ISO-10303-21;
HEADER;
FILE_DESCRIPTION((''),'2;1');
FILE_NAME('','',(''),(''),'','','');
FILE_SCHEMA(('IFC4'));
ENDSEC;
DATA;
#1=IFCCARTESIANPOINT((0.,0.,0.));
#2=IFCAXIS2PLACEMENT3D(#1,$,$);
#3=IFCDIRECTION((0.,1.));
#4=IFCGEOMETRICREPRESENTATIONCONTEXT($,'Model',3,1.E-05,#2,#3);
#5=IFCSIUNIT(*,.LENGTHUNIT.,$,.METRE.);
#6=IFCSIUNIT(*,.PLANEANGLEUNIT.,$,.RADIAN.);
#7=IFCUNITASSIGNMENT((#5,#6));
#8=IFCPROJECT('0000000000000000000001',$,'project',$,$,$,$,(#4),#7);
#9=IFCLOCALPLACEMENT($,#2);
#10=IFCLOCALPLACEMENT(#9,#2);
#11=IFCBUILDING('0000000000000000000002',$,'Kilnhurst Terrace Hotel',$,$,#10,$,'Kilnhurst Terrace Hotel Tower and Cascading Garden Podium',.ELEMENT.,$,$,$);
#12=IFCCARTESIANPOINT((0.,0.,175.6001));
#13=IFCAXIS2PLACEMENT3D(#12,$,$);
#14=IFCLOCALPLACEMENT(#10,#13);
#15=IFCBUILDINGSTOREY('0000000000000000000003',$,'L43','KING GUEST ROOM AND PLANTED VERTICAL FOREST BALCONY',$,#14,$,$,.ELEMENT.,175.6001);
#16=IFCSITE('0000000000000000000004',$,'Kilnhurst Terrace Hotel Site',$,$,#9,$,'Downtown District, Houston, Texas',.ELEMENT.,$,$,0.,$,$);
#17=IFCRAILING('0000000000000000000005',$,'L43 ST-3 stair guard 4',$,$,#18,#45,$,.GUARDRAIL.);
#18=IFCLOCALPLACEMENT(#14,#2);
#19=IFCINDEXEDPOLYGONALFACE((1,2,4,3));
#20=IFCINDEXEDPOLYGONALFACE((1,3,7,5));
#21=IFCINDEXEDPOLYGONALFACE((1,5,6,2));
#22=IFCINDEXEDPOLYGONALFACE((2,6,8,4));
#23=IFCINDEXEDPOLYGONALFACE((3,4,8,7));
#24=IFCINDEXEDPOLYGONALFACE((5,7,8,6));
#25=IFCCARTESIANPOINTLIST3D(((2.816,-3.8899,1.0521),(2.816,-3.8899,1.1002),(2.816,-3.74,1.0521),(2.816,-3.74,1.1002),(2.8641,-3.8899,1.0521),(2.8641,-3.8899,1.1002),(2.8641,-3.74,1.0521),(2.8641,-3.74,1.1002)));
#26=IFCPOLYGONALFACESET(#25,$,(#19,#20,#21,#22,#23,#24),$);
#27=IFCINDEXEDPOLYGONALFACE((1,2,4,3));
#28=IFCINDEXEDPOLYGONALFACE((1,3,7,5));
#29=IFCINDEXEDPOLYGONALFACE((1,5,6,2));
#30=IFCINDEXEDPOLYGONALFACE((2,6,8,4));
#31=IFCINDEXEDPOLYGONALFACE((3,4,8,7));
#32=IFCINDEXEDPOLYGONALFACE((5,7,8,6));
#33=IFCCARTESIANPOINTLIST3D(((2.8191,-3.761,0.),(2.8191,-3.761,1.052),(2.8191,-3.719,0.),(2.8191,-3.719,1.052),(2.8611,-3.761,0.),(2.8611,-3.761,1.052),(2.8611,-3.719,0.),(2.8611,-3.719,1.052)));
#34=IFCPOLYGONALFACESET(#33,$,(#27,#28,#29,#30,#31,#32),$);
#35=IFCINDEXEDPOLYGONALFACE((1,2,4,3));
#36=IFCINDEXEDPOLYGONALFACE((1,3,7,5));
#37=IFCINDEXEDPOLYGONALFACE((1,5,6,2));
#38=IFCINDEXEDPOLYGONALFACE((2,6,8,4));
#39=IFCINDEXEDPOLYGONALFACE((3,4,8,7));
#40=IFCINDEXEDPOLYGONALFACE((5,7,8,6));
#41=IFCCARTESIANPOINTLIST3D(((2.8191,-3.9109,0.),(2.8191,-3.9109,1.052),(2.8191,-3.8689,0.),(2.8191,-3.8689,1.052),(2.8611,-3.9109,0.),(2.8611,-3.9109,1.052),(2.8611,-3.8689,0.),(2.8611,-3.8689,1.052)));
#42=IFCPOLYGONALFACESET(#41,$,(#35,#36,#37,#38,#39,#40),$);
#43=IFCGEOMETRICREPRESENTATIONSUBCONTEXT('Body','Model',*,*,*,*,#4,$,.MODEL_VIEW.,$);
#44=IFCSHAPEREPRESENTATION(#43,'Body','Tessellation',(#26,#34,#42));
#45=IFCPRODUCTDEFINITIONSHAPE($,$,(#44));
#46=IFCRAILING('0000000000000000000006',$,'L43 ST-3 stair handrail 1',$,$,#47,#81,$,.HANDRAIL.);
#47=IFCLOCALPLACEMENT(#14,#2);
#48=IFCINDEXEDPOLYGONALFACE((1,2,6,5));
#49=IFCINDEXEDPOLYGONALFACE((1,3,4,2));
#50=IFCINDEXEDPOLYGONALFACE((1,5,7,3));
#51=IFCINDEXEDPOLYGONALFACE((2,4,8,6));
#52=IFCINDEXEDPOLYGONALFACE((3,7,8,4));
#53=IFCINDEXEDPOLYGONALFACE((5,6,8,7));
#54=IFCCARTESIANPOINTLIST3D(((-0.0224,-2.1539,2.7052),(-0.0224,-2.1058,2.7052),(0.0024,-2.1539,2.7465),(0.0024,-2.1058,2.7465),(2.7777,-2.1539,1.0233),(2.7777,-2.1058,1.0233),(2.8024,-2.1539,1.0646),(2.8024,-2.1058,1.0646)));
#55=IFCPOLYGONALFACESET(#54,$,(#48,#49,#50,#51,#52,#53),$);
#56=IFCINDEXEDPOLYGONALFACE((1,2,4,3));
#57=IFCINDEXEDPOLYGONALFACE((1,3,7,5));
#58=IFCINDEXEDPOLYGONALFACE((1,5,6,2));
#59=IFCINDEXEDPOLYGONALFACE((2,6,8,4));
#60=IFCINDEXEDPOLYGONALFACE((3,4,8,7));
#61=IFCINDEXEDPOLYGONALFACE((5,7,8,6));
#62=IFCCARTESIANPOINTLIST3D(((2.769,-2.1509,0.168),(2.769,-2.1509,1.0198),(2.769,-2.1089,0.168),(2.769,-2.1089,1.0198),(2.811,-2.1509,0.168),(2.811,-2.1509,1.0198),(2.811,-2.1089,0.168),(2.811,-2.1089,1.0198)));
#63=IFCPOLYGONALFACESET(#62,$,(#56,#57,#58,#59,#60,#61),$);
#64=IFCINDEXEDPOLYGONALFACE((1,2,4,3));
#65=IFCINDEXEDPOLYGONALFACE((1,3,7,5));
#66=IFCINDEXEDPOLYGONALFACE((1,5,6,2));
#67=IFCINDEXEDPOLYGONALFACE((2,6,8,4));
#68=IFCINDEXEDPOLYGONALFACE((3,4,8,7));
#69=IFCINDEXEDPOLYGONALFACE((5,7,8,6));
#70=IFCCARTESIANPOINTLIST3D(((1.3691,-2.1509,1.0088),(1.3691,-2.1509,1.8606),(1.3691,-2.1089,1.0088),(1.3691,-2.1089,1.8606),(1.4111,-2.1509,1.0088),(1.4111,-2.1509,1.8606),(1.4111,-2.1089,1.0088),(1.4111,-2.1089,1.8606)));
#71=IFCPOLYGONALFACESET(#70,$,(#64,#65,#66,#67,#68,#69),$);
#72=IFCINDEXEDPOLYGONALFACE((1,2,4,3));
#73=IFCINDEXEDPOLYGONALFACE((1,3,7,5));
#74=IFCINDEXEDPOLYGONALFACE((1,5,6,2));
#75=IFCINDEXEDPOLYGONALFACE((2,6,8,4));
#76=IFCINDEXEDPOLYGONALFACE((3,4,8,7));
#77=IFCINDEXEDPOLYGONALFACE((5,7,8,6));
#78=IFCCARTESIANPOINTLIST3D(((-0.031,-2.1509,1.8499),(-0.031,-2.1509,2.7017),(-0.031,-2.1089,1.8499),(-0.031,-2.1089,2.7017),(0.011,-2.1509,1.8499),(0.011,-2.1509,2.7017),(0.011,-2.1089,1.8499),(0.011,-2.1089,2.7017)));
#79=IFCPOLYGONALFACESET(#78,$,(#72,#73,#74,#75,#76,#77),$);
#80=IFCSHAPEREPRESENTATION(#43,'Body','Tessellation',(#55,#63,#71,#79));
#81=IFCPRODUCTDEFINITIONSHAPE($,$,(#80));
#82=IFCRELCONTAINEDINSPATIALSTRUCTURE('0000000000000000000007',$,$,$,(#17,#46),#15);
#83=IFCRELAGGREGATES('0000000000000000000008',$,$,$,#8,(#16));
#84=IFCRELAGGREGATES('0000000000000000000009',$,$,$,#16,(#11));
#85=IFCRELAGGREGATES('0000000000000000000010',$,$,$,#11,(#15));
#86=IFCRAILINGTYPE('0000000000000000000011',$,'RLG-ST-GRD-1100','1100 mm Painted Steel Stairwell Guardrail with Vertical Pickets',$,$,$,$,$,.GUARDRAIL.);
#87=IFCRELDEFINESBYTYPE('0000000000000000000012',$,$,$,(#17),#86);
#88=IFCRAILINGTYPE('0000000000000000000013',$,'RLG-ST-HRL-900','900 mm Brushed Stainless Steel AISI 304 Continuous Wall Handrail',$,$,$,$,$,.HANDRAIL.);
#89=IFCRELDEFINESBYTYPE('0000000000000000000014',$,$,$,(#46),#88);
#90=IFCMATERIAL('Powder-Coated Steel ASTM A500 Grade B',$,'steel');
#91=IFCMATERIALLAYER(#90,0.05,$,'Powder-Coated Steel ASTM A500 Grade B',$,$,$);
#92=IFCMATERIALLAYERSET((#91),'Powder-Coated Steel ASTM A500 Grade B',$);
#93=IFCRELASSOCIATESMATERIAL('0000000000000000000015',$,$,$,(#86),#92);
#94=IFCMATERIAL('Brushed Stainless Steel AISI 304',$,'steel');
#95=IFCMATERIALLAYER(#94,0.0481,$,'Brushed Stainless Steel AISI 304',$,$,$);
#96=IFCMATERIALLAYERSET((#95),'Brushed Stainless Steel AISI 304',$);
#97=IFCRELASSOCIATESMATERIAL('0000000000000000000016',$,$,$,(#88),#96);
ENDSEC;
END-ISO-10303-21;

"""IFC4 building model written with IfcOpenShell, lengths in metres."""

from ifc_helpers import new_model, si_unit, direction, frame, origin, origin_2d, place, context, subcontext, project, spatial, rectangle, extrude, material, layer, layer_set, type_object, element, save


model = new_model("IFC4")

# Units and contexts
model_context = context("Model", 3, precision=1e-05, world=origin(), true_north=direction((0.0, 1.0)))
body_context = subcontext(model_context, "Body", "Model", "MODEL_VIEW")
ifc_project = project(units=[si_unit("LENGTHUNIT", "METRE"), si_unit("PLANEANGLEUNIT", "RADIAN")], contexts=[model_context])

# Site, building, storey
site_placement = place(None, origin())
site = spatial("IfcSite", under=ifc_project, at=site_placement, Name="Kilnhurst Terrace Hotel Site", LongName="Downtown District, Houston, Texas", CompositionType="ELEMENT", RefElevation=0.0)
building_placement = place(site_placement, origin())
building = spatial("IfcBuilding", under=site, at=building_placement, Name="Kilnhurst Terrace Hotel", LongName="Kilnhurst Terrace Hotel Tower and Cascading Garden Podium", CompositionType="ELEMENT")
storey_placement = place(building_placement, frame((0.0, 0.0, 175.6001)))
storey = spatial("IfcBuildingStorey", under=building, at=storey_placement, Name="L43", Description="KING GUEST ROOM AND PLANTED VERTICAL FOREST BALCONY", CompositionType="ELEMENT", Elevation=175.6001)

# Railings
ifc_material_1 = material(Name="Powder-Coated Steel ASTM A500 Grade B", Category="steel")
ifc_layer_1 = layer(ifc_material_1, 0.05, Name="Powder-Coated Steel ASTM A500 Grade B")
ifc_layer_set_1 = layer_set([ifc_layer_1], Name="Powder-Coated Steel ASTM A500 Grade B")
railing_type_1 = type_object("IfcRailingType", Name="RLG-ST-GRD-1100", Description="1100 mm Painted Steel Stairwell Guardrail with Vertical Pickets", PredefinedType="GUARDRAIL", material=ifc_layer_set_1)
railing_1_placement = place(storey_placement, frame((2.8401, -3.74, 0.0)))
element("IfcRailing", 1, at=railing_1_placement, inside=storey, type_object=railing_type_1, Name="L43 ST-3 stair guard 4", PredefinedType="GUARDRAIL", context=body_context, shape_type="SweptSolid", body=[
    extrude(rectangle(XDim=0.0481, YDim=0.0481, at=origin_2d()), frame((0.0, 0.0, 1.0762), z_axis=(0.0, -1.0, 0.0), x_axis=(1.0, 0.0, 0.0)), (0.0, 0.0, 1.0), 0.1499),
    extrude(rectangle(XDim=0.042, YDim=0.042, at=origin_2d()), origin(), (0.0, 0.0, 1.0), 1.052),
    extrude(rectangle(XDim=0.042, YDim=0.042, at=origin_2d()), frame((0.0, -0.1499, 0.0)), (0.0, 0.0, 1.0), 1.052),
])
ifc_material_2 = material(Name="Brushed Stainless Steel AISI 304", Category="steel")
ifc_layer_2 = layer(ifc_material_2, 0.0481, Name="Brushed Stainless Steel AISI 304")
ifc_layer_set_2 = layer_set([ifc_layer_2], Name="Brushed Stainless Steel AISI 304")
railing_type_2 = type_object("IfcRailingType", Name="RLG-ST-HRL-900", Description="900 mm Brushed Stainless Steel AISI 304 Continuous Wall Handrail", PredefinedType="HANDRAIL", material=ifc_layer_set_2)
railing_2_placement = place(storey_placement, frame((2.79, -2.1299, 0.168)))
element("IfcRailing", 2, at=railing_2_placement, inside=storey, type_object=railing_type_2, Name="L43 ST-3 stair handrail 1", PredefinedType="HANDRAIL", context=body_context, shape_type="SweptSolid", body=[
    extrude(rectangle(XDim=0.0481, YDim=0.0481, at=origin_2d()), frame((0.0, 0.0, 0.876), z_axis=(-0.857242, 0.0, 0.514913), x_axis=(0.0, -1.0, 0.0)), (0.0, 0.0, 1.0), 3.2664),
    extrude(rectangle(XDim=0.042, YDim=0.042, at=origin_2d()), origin(), (0.0, 0.0, 1.0), 0.8518),
    extrude(rectangle(XDim=0.042, YDim=0.042, at=origin_2d()), frame((-1.3999, 0.0, 0.8408)), (0.0, 0.0, 1.0), 0.8518),
    extrude(rectangle(XDim=0.042, YDim=0.042, at=origin_2d()), frame((-2.8, 0.0, 1.6819)), (0.0, 0.0, 1.0), 0.8518),
])

save(model, "model.ifc")
